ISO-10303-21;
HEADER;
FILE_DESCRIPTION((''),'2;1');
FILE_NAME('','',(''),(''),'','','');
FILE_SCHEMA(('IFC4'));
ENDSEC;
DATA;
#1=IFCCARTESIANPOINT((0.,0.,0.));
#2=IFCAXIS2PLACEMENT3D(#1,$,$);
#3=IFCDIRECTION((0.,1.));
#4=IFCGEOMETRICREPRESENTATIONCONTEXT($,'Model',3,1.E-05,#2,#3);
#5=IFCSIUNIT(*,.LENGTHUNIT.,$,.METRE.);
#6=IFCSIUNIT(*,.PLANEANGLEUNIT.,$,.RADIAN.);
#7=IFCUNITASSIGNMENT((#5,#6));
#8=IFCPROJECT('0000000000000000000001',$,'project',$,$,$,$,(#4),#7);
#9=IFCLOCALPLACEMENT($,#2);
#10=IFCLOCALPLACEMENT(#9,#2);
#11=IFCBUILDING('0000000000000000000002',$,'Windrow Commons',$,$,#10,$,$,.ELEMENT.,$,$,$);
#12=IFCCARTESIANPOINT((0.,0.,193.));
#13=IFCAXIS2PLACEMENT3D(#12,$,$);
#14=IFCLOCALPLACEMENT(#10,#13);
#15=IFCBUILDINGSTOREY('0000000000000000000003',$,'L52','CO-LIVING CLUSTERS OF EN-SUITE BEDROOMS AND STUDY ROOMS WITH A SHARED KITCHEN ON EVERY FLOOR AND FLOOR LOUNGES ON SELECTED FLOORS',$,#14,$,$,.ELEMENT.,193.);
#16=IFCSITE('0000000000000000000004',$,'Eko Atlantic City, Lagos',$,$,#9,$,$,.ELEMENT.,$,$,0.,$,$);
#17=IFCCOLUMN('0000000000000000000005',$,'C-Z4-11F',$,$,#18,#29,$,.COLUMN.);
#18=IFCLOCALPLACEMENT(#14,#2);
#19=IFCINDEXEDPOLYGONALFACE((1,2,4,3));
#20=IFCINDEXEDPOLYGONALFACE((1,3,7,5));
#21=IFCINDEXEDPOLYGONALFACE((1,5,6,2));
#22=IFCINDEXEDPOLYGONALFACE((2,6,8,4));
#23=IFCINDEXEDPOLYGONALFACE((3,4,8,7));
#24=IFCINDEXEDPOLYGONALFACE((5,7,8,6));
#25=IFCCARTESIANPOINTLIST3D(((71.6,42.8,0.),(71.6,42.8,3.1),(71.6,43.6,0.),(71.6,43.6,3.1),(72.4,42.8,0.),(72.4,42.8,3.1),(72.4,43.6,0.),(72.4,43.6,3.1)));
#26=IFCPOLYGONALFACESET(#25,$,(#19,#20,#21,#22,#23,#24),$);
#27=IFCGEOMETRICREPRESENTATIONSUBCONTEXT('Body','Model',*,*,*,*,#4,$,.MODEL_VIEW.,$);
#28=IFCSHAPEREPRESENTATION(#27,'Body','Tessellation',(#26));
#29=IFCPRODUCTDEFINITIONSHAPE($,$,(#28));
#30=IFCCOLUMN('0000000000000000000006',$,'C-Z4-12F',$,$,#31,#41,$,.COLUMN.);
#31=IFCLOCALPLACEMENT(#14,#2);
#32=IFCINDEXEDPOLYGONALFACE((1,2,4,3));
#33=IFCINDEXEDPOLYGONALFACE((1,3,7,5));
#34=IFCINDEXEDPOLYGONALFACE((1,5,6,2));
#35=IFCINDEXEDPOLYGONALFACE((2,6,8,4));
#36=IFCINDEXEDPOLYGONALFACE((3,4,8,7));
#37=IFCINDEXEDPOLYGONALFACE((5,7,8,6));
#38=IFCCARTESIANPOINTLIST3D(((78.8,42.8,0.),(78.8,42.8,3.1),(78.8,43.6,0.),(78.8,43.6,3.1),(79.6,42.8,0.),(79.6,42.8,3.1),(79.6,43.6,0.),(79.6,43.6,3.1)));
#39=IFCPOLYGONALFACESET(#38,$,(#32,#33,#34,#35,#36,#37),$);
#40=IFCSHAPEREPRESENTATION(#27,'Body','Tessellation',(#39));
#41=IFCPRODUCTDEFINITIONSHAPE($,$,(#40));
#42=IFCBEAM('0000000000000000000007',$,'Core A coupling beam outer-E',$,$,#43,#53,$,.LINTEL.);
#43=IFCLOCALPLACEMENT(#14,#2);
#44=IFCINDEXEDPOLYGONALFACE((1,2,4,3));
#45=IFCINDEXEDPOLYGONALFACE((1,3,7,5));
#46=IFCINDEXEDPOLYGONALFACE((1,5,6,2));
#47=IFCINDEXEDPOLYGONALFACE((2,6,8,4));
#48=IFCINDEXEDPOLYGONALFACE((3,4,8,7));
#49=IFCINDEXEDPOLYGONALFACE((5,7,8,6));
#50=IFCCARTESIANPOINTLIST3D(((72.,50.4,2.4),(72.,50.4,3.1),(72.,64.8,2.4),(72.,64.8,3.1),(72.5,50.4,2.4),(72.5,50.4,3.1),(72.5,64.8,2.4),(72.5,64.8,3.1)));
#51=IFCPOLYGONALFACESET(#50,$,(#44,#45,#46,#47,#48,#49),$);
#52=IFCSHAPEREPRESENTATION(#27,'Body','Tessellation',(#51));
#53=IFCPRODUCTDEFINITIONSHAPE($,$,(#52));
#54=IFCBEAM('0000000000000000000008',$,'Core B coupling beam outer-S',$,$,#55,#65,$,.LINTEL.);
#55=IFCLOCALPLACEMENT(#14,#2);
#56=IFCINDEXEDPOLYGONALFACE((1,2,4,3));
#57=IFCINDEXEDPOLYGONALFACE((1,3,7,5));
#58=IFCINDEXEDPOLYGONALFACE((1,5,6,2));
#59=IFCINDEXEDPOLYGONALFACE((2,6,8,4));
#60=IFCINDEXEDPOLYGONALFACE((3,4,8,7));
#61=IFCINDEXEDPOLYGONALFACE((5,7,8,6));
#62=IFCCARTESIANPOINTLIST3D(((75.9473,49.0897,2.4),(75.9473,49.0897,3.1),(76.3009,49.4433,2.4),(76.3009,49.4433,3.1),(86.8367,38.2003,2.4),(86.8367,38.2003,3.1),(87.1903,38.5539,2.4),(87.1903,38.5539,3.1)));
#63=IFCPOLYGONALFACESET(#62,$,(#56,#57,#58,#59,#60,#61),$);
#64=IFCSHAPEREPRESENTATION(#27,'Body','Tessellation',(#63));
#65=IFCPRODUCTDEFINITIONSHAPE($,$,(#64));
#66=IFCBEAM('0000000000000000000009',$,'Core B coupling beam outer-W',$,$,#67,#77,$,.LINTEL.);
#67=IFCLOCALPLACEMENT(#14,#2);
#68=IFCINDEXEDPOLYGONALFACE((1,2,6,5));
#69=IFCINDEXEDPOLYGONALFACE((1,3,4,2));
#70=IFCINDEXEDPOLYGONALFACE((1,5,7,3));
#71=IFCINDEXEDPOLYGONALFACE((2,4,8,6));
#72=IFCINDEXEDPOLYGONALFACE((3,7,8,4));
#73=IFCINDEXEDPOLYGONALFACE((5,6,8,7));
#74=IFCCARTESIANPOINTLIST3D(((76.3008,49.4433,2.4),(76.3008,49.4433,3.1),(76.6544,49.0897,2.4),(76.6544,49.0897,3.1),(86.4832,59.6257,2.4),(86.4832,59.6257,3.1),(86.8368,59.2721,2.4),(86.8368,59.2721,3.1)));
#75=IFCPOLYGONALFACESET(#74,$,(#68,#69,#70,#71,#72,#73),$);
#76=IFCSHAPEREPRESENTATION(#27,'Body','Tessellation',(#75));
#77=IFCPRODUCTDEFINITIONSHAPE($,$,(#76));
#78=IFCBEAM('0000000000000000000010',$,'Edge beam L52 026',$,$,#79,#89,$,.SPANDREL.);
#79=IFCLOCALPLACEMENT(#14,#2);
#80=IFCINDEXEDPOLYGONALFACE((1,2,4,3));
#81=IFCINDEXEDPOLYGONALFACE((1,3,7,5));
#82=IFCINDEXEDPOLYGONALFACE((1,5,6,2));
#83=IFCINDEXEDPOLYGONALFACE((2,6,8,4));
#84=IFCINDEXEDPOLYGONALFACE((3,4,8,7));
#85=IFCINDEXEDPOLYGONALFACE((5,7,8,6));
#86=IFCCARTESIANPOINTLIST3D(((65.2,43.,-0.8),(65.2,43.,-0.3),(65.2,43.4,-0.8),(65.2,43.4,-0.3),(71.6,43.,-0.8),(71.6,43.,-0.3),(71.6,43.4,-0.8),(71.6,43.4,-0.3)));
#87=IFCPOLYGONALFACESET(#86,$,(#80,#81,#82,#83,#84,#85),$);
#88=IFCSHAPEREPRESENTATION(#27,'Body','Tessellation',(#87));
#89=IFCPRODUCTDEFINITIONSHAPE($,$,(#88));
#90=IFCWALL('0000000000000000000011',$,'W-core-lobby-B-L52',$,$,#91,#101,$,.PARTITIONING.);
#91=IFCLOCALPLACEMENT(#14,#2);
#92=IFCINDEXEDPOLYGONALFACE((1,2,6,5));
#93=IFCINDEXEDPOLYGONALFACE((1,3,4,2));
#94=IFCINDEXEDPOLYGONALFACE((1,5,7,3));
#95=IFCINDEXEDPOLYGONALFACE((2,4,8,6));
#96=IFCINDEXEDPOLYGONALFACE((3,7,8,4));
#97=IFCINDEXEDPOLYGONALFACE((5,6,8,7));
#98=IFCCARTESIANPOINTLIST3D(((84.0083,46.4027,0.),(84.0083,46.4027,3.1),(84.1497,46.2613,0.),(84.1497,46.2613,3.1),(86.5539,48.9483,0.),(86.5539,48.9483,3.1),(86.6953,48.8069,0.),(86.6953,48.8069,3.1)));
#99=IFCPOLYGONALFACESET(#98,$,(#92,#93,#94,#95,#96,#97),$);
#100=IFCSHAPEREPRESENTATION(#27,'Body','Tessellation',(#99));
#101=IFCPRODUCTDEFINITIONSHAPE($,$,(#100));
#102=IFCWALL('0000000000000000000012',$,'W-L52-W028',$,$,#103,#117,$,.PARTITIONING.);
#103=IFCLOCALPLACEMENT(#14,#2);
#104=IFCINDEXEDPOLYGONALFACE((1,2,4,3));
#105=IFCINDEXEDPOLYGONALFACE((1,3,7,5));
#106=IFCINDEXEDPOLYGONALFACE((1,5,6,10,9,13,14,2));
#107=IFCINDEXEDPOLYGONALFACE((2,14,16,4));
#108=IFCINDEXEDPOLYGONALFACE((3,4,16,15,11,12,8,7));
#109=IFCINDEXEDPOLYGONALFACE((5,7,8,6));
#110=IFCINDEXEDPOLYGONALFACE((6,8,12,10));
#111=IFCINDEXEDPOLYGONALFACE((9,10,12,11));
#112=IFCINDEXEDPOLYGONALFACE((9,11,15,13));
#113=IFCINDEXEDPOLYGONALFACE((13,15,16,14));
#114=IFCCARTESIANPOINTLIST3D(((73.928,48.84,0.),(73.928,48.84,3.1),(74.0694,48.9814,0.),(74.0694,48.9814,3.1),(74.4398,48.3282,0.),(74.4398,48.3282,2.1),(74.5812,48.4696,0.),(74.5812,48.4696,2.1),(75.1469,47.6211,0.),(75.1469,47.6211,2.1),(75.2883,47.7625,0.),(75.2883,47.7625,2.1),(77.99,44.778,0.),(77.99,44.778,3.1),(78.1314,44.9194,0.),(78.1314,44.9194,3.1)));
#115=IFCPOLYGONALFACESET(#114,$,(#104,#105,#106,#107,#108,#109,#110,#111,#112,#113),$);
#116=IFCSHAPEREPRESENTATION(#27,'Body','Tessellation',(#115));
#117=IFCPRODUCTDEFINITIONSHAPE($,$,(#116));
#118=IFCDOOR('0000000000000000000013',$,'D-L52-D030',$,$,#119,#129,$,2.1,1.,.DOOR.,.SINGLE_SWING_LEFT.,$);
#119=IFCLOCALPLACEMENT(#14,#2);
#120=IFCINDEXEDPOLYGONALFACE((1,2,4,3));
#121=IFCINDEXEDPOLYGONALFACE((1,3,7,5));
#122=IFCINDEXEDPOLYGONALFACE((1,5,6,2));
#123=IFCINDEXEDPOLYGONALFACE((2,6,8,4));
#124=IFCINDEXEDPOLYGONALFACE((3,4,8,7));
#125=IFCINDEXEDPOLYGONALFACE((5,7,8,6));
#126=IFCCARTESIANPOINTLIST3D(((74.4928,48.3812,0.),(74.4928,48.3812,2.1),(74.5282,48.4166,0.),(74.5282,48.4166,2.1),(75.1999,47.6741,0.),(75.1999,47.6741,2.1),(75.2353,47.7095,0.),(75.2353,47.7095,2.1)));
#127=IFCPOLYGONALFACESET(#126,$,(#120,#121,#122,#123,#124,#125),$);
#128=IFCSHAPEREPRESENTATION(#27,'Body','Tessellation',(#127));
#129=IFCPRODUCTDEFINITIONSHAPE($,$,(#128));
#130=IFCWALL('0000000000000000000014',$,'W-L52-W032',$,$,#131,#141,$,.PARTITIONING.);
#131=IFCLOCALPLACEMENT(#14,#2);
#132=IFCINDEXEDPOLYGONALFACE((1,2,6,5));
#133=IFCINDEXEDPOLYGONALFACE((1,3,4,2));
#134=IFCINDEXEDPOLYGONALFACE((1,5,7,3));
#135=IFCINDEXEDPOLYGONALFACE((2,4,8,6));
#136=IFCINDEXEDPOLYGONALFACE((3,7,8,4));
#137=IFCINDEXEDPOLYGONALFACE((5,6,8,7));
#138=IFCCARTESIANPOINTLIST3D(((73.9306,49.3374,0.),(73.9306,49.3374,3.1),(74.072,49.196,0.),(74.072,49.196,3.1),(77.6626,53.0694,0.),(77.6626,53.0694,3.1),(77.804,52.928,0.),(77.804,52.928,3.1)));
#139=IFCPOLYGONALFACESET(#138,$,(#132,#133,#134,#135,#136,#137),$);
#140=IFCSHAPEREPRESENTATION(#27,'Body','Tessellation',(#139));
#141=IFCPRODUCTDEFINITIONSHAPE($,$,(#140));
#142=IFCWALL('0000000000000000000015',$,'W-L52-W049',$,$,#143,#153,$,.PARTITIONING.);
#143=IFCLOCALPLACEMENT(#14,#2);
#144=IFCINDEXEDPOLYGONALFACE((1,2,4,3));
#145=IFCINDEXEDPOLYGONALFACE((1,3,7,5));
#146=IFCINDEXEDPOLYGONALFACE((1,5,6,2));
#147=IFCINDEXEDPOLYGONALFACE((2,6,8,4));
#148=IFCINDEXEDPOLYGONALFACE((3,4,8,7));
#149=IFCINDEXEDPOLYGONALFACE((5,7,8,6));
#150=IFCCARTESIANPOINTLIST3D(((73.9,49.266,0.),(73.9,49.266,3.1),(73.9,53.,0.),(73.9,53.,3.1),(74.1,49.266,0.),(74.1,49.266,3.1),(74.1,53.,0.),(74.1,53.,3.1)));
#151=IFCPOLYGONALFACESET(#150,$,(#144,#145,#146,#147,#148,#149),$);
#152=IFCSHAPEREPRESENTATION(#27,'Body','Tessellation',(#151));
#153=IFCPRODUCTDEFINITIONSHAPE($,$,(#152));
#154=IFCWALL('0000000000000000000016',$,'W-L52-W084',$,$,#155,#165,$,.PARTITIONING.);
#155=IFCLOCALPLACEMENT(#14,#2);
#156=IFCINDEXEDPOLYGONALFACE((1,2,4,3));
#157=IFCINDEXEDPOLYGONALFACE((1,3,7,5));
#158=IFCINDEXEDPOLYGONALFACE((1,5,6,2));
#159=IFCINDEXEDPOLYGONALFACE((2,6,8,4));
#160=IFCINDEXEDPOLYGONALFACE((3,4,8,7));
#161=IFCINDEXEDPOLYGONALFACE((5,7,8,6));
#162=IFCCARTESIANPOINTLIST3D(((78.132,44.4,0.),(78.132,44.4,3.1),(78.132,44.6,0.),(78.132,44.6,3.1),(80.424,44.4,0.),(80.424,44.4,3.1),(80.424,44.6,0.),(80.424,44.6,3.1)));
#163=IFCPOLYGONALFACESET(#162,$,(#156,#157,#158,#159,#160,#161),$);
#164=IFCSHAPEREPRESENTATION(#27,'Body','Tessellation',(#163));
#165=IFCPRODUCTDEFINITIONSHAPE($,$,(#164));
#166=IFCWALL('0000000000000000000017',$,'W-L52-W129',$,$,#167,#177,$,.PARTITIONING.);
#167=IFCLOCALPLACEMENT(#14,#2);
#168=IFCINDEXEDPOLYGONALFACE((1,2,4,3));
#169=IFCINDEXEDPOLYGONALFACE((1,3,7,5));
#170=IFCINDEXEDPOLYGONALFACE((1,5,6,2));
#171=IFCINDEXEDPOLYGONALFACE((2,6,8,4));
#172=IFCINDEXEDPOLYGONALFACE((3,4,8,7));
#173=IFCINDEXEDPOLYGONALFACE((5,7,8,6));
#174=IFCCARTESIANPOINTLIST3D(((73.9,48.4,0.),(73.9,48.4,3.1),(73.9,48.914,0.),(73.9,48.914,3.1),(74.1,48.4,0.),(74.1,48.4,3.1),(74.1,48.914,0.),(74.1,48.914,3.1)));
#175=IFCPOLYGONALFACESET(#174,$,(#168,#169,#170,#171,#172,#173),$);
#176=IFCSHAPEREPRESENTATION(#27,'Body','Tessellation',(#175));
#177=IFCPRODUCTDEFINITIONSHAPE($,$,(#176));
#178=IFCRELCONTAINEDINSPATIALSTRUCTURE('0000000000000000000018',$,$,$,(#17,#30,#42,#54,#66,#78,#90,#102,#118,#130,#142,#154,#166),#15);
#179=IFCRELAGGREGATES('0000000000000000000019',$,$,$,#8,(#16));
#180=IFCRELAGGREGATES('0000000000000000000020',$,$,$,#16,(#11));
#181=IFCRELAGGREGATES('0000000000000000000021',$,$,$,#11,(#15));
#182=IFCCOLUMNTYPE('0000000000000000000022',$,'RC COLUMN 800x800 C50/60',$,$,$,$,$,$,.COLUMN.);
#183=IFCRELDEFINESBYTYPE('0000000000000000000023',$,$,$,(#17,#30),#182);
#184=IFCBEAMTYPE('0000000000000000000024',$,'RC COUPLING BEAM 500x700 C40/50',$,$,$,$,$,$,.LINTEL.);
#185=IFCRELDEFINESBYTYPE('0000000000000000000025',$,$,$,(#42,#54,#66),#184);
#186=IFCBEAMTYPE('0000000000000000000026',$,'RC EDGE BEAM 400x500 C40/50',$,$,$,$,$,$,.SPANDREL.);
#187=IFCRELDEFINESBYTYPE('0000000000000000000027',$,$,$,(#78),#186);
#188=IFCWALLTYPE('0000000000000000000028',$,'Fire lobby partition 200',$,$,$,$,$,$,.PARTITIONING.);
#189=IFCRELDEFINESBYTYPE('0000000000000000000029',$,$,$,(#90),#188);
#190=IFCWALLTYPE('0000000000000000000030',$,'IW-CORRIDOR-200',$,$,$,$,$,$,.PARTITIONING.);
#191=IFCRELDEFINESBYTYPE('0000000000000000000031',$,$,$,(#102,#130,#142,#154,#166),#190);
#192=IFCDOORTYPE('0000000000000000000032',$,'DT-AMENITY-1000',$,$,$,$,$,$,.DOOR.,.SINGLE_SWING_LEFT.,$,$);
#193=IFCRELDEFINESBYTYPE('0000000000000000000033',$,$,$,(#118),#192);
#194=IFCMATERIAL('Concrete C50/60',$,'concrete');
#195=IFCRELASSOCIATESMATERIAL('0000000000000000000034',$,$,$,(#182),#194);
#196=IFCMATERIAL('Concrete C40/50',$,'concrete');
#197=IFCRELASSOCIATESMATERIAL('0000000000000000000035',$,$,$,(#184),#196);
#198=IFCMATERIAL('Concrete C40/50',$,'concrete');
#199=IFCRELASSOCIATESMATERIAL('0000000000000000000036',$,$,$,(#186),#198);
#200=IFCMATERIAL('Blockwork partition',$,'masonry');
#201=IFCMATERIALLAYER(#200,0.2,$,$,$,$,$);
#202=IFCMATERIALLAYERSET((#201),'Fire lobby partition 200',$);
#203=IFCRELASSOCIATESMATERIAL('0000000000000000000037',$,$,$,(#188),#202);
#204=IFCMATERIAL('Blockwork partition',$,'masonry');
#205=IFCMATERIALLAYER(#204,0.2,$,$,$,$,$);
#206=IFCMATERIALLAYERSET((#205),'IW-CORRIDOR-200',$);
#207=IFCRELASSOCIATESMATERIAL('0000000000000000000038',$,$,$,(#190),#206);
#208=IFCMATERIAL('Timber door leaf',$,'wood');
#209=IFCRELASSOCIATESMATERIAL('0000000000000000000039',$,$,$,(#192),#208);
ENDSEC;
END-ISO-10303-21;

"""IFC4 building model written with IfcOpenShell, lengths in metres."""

from ifc_helpers import new_model, si_unit, direction, frame, frame_2d, origin, origin_2d, place, context, subcontext, project, spatial, rectangle, extrude, material, layer, layer_set, material_profile, profile_set, type_object, element, fill, save


model = new_model("IFC4")

# Units and contexts
model_context = context("Model", 3, precision=1e-05, world=origin(), true_north=direction((0.0, 1.0)))
body_context = subcontext(model_context, "Body", "Model", "MODEL_VIEW")
ifc_project = project(units=[si_unit("LENGTHUNIT", "METRE"), si_unit("PLANEANGLEUNIT", "RADIAN")], contexts=[model_context])

# Site, building, storey
site_placement = place(None, origin())
site = spatial("IfcSite", under=ifc_project, at=site_placement, Name="Eko Atlantic City, Lagos", CompositionType="ELEMENT", RefElevation=0.0)
building_placement = place(site_placement, origin())
building = spatial("IfcBuilding", under=site, at=building_placement, Name="Windrow Commons", CompositionType="ELEMENT")
storey_placement = place(building_placement, frame((0.0, 0.0, 193.0)))
storey = spatial("IfcBuildingStorey", under=building, at=storey_placement, Name="L52", Description="CO-LIVING CLUSTERS OF EN-SUITE BEDROOMS AND STUDY ROOMS WITH A SHARED KITCHEN ON EVERY FLOOR AND FLOOR LOUNGES ON SELECTED FLOORS", CompositionType="ELEMENT", Elevation=193.0)

# Columns
ifc_material_1 = material(Name="Concrete C50/60", Category="concrete")
ifc_material_profile_1 = material_profile(ifc_material_1, rectangle(XDim=0.8, YDim=0.8, at=origin_2d()))
ifc_profile_set_1 = profile_set([ifc_material_profile_1], Name="Concrete C50/60")
column_type = type_object("IfcColumnType", Name="RC COLUMN 800x800 C50/60", PredefinedType="COLUMN", material=ifc_profile_set_1)
for number, where, z_axis, x_axis, name in (
    (1, (72.0, 43.2, 0.0), (0.0, 0.0, 1.0), (1.0, 0.0, 0.0), "C-Z4-11F"),
    (2, (79.2, 43.2, 0.0), (0.0, 0.0, 1.0), (1.0, 0.0, 0.0), "C-Z4-12F"),
):
    element("IfcColumn", number, at=place(storey_placement, frame(where, z_axis=z_axis, x_axis=x_axis)), inside=storey, type_object=column_type, Name=name, PredefinedType="COLUMN", context=body_context, shape_type="SweptSolid", body=[
        extrude(rectangle(XDim=0.8, YDim=0.8, at=origin_2d()), origin(), (0.0, 0.0, 1.0), 3.1),
    ])

# Beams
ifc_material_2 = material(Name="Concrete C40/50", Category="concrete")
ifc_material_profile_2 = material_profile(ifc_material_2, rectangle(XDim=0.5, YDim=0.7, at=origin_2d()))
ifc_profile_set_2 = profile_set([ifc_material_profile_2], Name="Concrete C40/50")
beam_type_1 = type_object("IfcBeamType", Name="RC COUPLING BEAM 500x700 C40/50", PredefinedType="LINTEL", material=ifc_profile_set_2)
beam_1_placement = place(storey_placement, frame((72.25, 50.4, 2.75), z_axis=(0.0, 1.0, 0.0), x_axis=(-1.0, 0.0, 0.0)))
element("IfcBeam", 3, at=beam_1_placement, inside=storey, type_object=beam_type_1, Name="Core A coupling beam outer-E", PredefinedType="LINTEL", context=body_context, shape_type="SweptSolid", body=[
    extrude(rectangle(XDim=0.5, YDim=0.7, at=origin_2d()), origin(), (0.0, 0.0, 1.0), 14.4),
])
beam_2_placement = place(storey_placement, frame((76.1241, 49.2665, 2.75), z_axis=(0.707107, -0.707107, 0.0), x_axis=(0.707107, 0.707107, 0.0)))
element("IfcBeam", 4, at=beam_2_placement, inside=storey, type_object=beam_type_1, Name="Core B coupling beam outer-S", PredefinedType="LINTEL", context=body_context, shape_type="SweptSolid", body=[
    extrude(rectangle(XDim=0.5, YDim=0.7, at=origin_2d()), origin(), (0.0, 0.0, 1.0), 15.3999),
])
beam_3_placement = place(storey_placement, frame((76.4776, 49.2665, 2.75), z_axis=(0.707107, 0.707107, 0.0), x_axis=(-0.707107, 0.707107, 0.0)))
element("IfcBeam", 5, at=beam_3_placement, inside=storey, type_object=beam_type_1, Name="Core B coupling beam outer-W", PredefinedType="LINTEL", context=body_context, shape_type="SweptSolid", body=[
    extrude(rectangle(XDim=0.5, YDim=0.7, at=origin_2d()), origin(), (0.0, 0.0, 1.0), 14.4001),
])
ifc_material_3 = material(Name="Concrete C40/50", Category="concrete")
ifc_material_profile_3 = material_profile(ifc_material_3, rectangle(XDim=0.4, YDim=0.5, at=origin_2d()))
ifc_profile_set_3 = profile_set([ifc_material_profile_3], Name="Concrete C40/50")
beam_type_2 = type_object("IfcBeamType", Name="RC EDGE BEAM 400x500 C40/50", PredefinedType="SPANDREL", material=ifc_profile_set_3)
beam_4_placement = place(storey_placement, frame((71.6, 43.2, -0.55), z_axis=(-1.0, 0.0, 0.0), x_axis=(0.0, -1.0, 0.0)))
element("IfcBeam", 6, at=beam_4_placement, inside=storey, type_object=beam_type_2, Name="Edge beam L52 026", PredefinedType="SPANDREL", context=body_context, shape_type="SweptSolid", body=[
    extrude(rectangle(XDim=0.4, YDim=0.5, at=origin_2d()), origin(), (0.0, 0.0, 1.0), 6.4),
])

# Wall
ifc_material_4 = material(Name="Blockwork partition", Category="masonry")
ifc_layer_1 = layer(ifc_material_4, 0.2)
ifc_layer_set_1 = layer_set([ifc_layer_1], Name="Fire lobby partition 200")
wall_type_1 = type_object("IfcWallType", Name="Fire lobby partition 200", PredefinedType="PARTITIONING", material=ifc_layer_set_1)
wall_1_placement = place(storey_placement, frame((84.079, 46.332, 0.0), z_axis=(0.0, 0.0, 1.0), x_axis=(0.707107, 0.707107, 0.0)))
element("IfcWall", 7, at=wall_1_placement, inside=storey, type_object=wall_type_1, Name="W-core-lobby-B-L52", PredefinedType="PARTITIONING", context=body_context, shape_type="SweptSolid", body=[
    extrude(rectangle(XDim=3.6, YDim=0.2, at=frame_2d((1.8, 0.0))), origin(), (0.0, 0.0, 1.0), 3.1),
])

# Wall, opening, door
ifc_material_5 = material(Name="Blockwork partition", Category="masonry")
ifc_layer_2 = layer(ifc_material_5, 0.2)
ifc_layer_set_2 = layer_set([ifc_layer_2], Name="IW-CORRIDOR-200")
wall_type_2 = type_object("IfcWallType", Name="IW-CORRIDOR-200", PredefinedType="PARTITIONING", material=ifc_layer_set_2)
wall_2_placement = place(storey_placement, frame((73.9987, 48.9107, 0.0), z_axis=(0.0, 0.0, 1.0), x_axis=(0.707107, -0.707107, 0.0)))
wall_2 = element("IfcWall", 8, at=wall_2_placement, inside=storey, type_object=wall_type_2, Name="W-L52-W028", PredefinedType="PARTITIONING", context=body_context, shape_type="SweptSolid", body=[
    extrude(rectangle(XDim=5.7445, YDim=0.2, at=frame_2d((2.8723, 0.0))), origin(), (0.0, 0.0, 1.0), 3.1),
])
opening_1_placement = place(wall_2_placement, frame((0.7238, 0.0, 0.0)))
opening_1 = element("IfcOpeningElement", 9, at=opening_1_placement, cuts=wall_2, PredefinedType="OPENING", context=body_context, shape_type="SweptSolid", body=[
    extrude(rectangle(XDim=1.0, YDim=2.1, at=frame_2d((0.5, 1.05))), frame((0.0, 0.11, 0.0), z_axis=(0.0, -1.0, 0.0), x_axis=(1.0, 0.0, 0.0)), (0.0, 0.0, 1.0), 0.22),
])
ifc_material_6 = material(Name="Timber door leaf", Category="wood")
door_type_1 = type_object("IfcDoorType", Name="DT-AMENITY-1000", OperationType="SINGLE_SWING_LEFT", PredefinedType="DOOR", material=ifc_material_6)
door_1_placement = place(opening_1_placement, origin())
door_1 = element("IfcDoor", 10, at=door_1_placement, inside=storey, type_object=door_type_1, Name="D-L52-D030", OperationType="SINGLE_SWING_LEFT", OverallHeight=2.1, OverallWidth=1.0, PredefinedType="DOOR", context=body_context, shape_type="SweptSolid", body=[
    extrude(rectangle(XDim=1.0, YDim=2.1, at=frame_2d((0.5, 1.05))), frame((0.0, 0.025, 0.0), z_axis=(0.0, -1.0, 0.0), x_axis=(1.0, 0.0, 0.0)), (0.0, 0.0, 1.0), 0.05),
])
fill(opening_1, door_1)

# Walls
wall_3_placement = place(storey_placement, frame((74.0013, 49.2667, 0.0), z_axis=(0.0, 0.0, 1.0), x_axis=(0.707107, 0.707107, 0.0)))
element("IfcWall", 11, at=wall_3_placement, inside=storey, type_object=wall_type_2, Name="W-L52-W032", PredefinedType="PARTITIONING", context=body_context, shape_type="SweptSolid", body=[
    extrude(rectangle(XDim=5.2778, YDim=0.2, at=frame_2d((2.6389, 0.0))), origin(), (0.0, 0.0, 1.0), 3.1),
])
wall_4_placement = place(storey_placement, frame((74.0, 49.266, 0.0), z_axis=(0.0, 0.0, 1.0), x_axis=(0.0, 1.0, 0.0)))
element("IfcWall", 12, at=wall_4_placement, inside=storey, type_object=wall_type_2, Name="W-L52-W049", PredefinedType="PARTITIONING", context=body_context, shape_type="SweptSolid", body=[
    extrude(rectangle(XDim=3.734, YDim=0.2, at=frame_2d((1.867, 0.0))), origin(), (0.0, 0.0, 1.0), 3.1),
])
wall_5_placement = place(storey_placement, frame((78.132, 44.5, 0.0), z_axis=(0.0, 0.0, 1.0), x_axis=(1.0, 0.0, 0.0)))
element("IfcWall", 13, at=wall_5_placement, inside=storey, type_object=wall_type_2, Name="W-L52-W084", PredefinedType="PARTITIONING", context=body_context, shape_type="SweptSolid", body=[
    extrude(rectangle(XDim=2.292, YDim=0.2, at=frame_2d((1.146, 0.0))), origin(), (0.0, 0.0, 1.0), 3.1),
])
wall_6_placement = place(storey_placement, frame((74.0, 48.4, 0.0), z_axis=(0.0, 0.0, 1.0), x_axis=(0.0, 1.0, 0.0)))
element("IfcWall", 14, at=wall_6_placement, inside=storey, type_object=wall_type_2, Name="W-L52-W129", PredefinedType="PARTITIONING", context=body_context, shape_type="SweptSolid", body=[
    extrude(rectangle(XDim=0.514, YDim=0.2, at=frame_2d((0.257, 0.0))), origin(), (0.0, 0.0, 1.0), 3.1),
])

save(model, "model.ifc")
